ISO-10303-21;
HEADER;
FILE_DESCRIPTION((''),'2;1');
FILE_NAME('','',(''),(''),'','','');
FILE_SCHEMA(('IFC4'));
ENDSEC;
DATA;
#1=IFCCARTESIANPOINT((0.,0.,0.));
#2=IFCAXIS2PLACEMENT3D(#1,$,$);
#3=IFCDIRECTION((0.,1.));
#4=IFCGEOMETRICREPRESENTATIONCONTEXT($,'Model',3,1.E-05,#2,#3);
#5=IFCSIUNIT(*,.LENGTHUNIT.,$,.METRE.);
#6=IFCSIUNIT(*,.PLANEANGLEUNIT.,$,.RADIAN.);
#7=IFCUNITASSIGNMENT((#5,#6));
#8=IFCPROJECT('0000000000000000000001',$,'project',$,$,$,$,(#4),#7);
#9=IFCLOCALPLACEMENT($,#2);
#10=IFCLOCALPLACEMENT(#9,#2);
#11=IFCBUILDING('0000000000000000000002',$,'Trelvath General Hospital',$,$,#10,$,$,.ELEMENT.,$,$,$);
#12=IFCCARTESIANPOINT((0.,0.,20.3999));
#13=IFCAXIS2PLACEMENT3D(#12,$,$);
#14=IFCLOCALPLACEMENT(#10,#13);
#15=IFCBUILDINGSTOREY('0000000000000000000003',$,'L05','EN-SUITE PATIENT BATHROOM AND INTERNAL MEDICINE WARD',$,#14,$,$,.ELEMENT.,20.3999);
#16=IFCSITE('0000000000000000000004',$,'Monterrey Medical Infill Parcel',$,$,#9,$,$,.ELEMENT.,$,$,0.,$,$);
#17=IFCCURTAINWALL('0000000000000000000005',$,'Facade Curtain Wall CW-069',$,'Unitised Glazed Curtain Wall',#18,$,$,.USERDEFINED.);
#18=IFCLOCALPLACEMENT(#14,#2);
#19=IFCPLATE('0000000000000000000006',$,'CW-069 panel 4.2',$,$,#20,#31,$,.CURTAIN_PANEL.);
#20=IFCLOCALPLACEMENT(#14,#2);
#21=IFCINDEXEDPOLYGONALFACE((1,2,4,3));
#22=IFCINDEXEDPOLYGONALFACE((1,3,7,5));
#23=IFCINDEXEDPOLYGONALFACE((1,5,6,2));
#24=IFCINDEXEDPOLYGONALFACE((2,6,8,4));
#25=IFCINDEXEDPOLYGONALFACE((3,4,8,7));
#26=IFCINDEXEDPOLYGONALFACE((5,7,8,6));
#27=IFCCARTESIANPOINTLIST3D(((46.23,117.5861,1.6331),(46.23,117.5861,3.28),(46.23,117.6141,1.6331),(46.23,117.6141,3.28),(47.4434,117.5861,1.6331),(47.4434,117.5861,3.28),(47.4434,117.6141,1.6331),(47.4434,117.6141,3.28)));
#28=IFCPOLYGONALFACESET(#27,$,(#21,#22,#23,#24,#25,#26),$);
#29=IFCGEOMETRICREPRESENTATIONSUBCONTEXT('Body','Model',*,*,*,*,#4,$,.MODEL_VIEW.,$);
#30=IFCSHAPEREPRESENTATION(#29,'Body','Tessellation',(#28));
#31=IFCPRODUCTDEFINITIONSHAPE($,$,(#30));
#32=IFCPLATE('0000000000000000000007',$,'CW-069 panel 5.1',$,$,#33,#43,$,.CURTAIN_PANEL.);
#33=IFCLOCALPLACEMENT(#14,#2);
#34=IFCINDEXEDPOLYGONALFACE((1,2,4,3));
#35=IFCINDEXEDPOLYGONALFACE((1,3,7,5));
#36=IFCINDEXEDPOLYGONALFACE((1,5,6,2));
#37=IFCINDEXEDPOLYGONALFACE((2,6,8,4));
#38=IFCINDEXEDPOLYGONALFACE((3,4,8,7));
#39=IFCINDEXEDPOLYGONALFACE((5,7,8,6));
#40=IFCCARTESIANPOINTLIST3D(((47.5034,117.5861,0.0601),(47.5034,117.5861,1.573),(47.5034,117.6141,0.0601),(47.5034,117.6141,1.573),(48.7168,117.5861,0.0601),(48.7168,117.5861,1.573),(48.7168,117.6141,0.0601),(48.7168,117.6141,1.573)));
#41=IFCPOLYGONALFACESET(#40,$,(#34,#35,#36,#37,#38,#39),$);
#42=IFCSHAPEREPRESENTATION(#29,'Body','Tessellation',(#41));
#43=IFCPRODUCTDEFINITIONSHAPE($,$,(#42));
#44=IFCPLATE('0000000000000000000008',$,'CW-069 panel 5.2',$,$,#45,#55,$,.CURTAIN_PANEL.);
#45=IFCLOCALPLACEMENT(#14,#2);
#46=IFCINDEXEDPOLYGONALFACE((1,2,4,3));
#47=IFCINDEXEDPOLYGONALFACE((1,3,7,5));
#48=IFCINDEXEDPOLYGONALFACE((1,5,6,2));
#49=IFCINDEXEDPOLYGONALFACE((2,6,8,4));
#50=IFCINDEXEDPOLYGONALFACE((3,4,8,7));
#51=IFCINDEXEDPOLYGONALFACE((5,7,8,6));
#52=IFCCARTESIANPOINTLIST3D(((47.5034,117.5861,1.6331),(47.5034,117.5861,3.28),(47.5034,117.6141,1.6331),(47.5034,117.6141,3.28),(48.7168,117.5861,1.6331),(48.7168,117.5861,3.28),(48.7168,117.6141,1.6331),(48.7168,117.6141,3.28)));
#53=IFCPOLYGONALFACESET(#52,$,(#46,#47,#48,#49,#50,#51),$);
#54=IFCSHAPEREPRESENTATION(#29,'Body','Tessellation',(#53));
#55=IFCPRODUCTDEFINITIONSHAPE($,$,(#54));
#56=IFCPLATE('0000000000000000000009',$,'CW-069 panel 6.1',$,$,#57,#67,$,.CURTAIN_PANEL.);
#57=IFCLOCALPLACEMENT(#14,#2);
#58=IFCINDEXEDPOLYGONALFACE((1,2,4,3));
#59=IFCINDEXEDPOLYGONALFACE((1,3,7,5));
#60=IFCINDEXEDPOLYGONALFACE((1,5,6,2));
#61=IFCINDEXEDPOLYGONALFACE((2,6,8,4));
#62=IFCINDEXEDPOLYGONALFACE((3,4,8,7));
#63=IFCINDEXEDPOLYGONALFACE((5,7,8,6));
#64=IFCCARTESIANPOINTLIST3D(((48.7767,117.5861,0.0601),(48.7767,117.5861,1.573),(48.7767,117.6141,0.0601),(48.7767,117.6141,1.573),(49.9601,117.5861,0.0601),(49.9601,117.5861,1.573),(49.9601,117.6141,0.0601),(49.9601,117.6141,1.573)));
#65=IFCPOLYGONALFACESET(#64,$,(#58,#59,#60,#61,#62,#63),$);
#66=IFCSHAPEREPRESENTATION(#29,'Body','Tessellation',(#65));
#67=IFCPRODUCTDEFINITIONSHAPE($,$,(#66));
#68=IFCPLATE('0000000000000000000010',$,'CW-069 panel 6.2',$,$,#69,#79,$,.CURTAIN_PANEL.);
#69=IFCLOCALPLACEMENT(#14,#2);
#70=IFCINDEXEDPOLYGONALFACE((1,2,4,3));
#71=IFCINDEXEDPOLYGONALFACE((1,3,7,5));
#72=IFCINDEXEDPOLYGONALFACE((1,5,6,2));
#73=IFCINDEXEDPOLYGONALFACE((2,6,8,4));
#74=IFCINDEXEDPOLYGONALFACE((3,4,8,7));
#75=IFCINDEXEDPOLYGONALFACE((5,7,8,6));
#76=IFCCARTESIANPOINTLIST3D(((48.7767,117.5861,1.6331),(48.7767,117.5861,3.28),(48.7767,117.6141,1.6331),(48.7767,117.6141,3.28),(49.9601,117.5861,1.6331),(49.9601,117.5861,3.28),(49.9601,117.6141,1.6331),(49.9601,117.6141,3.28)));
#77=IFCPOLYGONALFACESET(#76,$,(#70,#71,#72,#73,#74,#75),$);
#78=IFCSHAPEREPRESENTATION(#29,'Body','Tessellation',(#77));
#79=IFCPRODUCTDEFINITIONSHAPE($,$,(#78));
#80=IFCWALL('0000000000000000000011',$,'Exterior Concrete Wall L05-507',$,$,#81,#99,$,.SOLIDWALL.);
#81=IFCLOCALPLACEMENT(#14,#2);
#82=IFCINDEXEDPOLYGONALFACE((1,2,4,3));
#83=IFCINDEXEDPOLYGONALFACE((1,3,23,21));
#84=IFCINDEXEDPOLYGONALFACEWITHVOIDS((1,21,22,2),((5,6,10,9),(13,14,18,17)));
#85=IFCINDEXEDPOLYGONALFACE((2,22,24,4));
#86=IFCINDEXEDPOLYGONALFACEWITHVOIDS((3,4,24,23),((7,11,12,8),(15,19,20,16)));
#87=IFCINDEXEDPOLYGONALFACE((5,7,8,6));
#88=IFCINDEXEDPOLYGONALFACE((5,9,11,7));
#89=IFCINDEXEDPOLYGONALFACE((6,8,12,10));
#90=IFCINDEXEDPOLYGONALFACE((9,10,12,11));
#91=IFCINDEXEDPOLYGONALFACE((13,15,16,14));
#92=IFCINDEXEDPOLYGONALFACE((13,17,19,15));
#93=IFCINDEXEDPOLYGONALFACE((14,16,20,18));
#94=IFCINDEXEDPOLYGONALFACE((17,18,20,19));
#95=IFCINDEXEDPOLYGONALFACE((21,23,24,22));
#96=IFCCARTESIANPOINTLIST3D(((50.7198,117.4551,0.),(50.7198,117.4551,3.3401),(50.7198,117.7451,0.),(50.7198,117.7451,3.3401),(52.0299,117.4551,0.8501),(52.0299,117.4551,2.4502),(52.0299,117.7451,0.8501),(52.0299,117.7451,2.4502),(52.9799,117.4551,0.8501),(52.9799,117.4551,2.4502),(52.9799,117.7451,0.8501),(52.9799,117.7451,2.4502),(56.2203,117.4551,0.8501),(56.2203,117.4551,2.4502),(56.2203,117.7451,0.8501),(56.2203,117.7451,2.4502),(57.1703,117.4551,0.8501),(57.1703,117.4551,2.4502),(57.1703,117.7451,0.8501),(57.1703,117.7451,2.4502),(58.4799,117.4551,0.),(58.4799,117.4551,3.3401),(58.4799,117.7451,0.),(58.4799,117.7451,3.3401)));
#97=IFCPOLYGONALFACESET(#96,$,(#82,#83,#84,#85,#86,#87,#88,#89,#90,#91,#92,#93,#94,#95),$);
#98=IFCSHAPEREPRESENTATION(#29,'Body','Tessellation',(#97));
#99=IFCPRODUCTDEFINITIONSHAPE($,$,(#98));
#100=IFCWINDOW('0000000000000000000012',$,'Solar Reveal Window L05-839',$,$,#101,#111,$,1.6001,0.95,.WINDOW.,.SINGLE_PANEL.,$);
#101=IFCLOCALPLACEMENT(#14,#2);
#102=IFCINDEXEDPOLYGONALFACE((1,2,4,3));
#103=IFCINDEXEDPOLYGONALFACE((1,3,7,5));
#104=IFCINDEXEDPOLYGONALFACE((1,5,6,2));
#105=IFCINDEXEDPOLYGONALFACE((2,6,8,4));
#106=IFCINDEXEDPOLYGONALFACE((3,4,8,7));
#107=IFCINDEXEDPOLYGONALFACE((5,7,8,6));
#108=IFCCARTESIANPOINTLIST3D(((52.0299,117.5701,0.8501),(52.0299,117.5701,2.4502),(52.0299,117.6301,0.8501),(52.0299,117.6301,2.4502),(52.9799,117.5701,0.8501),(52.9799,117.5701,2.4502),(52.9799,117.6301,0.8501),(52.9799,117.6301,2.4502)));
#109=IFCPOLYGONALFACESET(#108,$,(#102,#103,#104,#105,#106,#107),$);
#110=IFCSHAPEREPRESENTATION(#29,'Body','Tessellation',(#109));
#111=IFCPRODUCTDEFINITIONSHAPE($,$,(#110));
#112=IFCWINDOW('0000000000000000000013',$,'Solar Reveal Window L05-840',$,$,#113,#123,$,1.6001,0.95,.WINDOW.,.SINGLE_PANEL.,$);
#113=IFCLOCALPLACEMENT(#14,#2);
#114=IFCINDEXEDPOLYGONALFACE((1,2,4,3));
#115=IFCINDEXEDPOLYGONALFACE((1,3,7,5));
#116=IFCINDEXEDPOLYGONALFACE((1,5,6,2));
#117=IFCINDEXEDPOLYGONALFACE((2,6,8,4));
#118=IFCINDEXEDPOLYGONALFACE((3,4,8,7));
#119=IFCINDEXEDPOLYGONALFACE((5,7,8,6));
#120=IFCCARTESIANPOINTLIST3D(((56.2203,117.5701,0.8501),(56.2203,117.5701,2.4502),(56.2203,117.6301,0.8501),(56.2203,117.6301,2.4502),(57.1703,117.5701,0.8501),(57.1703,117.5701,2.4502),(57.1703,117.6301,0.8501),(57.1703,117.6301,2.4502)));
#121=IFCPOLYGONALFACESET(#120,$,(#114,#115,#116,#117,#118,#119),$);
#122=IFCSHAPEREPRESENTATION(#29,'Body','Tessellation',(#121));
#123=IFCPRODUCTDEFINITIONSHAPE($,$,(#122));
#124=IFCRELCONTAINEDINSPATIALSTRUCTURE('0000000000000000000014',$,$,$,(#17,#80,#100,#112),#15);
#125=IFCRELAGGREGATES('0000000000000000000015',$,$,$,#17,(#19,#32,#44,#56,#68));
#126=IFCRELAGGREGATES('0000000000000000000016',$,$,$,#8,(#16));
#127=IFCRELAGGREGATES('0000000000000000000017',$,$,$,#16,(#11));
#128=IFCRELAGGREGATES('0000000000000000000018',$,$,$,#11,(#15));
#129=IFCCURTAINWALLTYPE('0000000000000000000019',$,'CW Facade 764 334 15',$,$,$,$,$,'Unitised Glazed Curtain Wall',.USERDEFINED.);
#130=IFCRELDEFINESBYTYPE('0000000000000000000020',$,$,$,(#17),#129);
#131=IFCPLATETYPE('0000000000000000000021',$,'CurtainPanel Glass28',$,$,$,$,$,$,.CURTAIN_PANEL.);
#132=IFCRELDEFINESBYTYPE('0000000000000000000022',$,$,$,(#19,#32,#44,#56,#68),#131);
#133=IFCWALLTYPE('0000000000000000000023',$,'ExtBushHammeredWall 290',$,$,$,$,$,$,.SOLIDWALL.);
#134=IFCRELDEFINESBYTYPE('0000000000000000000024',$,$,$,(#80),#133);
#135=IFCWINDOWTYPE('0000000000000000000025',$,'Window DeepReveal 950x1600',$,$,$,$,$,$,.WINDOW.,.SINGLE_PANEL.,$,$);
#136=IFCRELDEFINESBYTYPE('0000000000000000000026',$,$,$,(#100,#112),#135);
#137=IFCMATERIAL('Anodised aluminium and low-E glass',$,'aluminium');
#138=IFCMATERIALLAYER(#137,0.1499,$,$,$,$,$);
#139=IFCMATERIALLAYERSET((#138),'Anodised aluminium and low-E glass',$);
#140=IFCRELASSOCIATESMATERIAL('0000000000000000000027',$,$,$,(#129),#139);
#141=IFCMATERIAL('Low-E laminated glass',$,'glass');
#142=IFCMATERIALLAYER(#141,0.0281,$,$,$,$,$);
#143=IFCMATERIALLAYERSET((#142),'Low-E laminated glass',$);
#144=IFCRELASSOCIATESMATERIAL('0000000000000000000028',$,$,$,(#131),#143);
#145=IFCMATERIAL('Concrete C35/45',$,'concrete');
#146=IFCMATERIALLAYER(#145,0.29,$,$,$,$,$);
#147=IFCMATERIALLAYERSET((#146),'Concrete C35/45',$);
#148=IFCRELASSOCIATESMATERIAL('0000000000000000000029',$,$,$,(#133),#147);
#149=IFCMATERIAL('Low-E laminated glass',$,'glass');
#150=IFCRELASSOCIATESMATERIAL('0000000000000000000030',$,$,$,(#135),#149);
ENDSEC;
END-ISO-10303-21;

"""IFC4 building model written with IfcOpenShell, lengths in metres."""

from ifc_helpers import new_model, si_unit, direction, frame, frame_2d, origin, origin_2d, place, context, subcontext, project, spatial, rectangle, extrude, material, layer, layer_set, type_object, element, fill, aggregate, save


model = new_model("IFC4")

# Units and contexts
model_context = context("Model", 3, precision=1e-05, world=origin(), true_north=direction((0.0, 1.0)))
body_context = subcontext(model_context, "Body", "Model", "MODEL_VIEW")
ifc_project = project(units=[si_unit("LENGTHUNIT", "METRE"), si_unit("PLANEANGLEUNIT", "RADIAN")], contexts=[model_context])

# Site, building, storey
site_placement = place(None, origin())
site = spatial("IfcSite", under=ifc_project, at=site_placement, Name="Monterrey Medical Infill Parcel", CompositionType="ELEMENT", RefElevation=0.0)
building_placement = place(site_placement, origin())
building = spatial("IfcBuilding", under=site, at=building_placement, Name="Trelvath General Hospital", CompositionType="ELEMENT")
storey_placement = place(building_placement, frame((0.0, 0.0, 20.3999)))
storey = spatial("IfcBuildingStorey", under=building, at=storey_placement, Name="L05", Description="EN-SUITE PATIENT BATHROOM AND INTERNAL MEDICINE WARD", CompositionType="ELEMENT", Elevation=20.3999)

# Curtain wall, plates
ifc_material_1 = material(Name="Anodised aluminium and low-E glass", Category="aluminium")
ifc_layer_1 = layer(ifc_material_1, 0.1499)
ifc_layer_set_1 = layer_set([ifc_layer_1], Name="Anodised aluminium and low-E glass")
curtain_wall_type = type_object("IfcCurtainWallType", Name="CW Facade 764 334 15", ElementType="Unitised Glazed Curtain Wall", PredefinedType="USERDEFINED", material=ifc_layer_set_1)
curtain_wall_placement = place(storey_placement, origin())
curtain_wall = element("IfcCurtainWall", 1, at=curtain_wall_placement, inside=storey, type_object=curtain_wall_type, Name="Facade Curtain Wall CW-069", ObjectType="Unitised Glazed Curtain Wall", PredefinedType="USERDEFINED")
ifc_material_2 = material(Name="Low-E laminated glass", Category="glass")
ifc_layer_2 = layer(ifc_material_2, 0.0281)
ifc_layer_set_2 = layer_set([ifc_layer_2], Name="Low-E laminated glass")
plate_type = type_object("IfcPlateType", Name="CurtainPanel Glass28", PredefinedType="CURTAIN_PANEL", material=ifc_layer_set_2)
plate_1_placement = place(storey_placement, frame((46.8367, 117.6001, 1.6331), z_axis=(0.0, 0.0, 1.0), x_axis=(1.0, 0.0, 0.0)))
plate_1 = element("IfcPlate", 2, at=plate_1_placement, type_object=plate_type, Name="CW-069 panel 4.2", PredefinedType="CURTAIN_PANEL", context=body_context, shape_type="SweptSolid", body=[
    extrude(rectangle(XDim=1.2134, YDim=0.0281, at=origin_2d()), origin(), (0.0, 0.0, 1.0), 1.647),
])
plate_2_placement = place(storey_placement, frame((48.1101, 117.6001, 0.0601), z_axis=(0.0, 0.0, 1.0), x_axis=(1.0, 0.0, 0.0)))
plate_2 = element("IfcPlate", 3, at=plate_2_placement, type_object=plate_type, Name="CW-069 panel 5.1", PredefinedType="CURTAIN_PANEL", context=body_context, shape_type="SweptSolid", body=[
    extrude(rectangle(XDim=1.2134, YDim=0.0281, at=origin_2d()), origin(), (0.0, 0.0, 1.0), 1.5129),
])
plate_3_placement = place(storey_placement, frame((48.1101, 117.6001, 1.6331), z_axis=(0.0, 0.0, 1.0), x_axis=(1.0, 0.0, 0.0)))
plate_3 = element("IfcPlate", 4, at=plate_3_placement, type_object=plate_type, Name="CW-069 panel 5.2", PredefinedType="CURTAIN_PANEL", context=body_context, shape_type="SweptSolid", body=[
    extrude(rectangle(XDim=1.2134, YDim=0.0281, at=origin_2d()), origin(), (0.0, 0.0, 1.0), 1.647),
])
plate_4_placement = place(storey_placement, frame((49.3684, 117.6001, 0.0601), z_axis=(0.0, 0.0, 1.0), x_axis=(1.0, 0.0, 0.0)))
plate_4 = element("IfcPlate", 5, at=plate_4_placement, type_object=plate_type, Name="CW-069 panel 6.1", PredefinedType="CURTAIN_PANEL", context=body_context, shape_type="SweptSolid", body=[
    extrude(rectangle(XDim=1.1833, YDim=0.0281, at=origin_2d()), origin(), (0.0, 0.0, 1.0), 1.5129),
])
plate_5_placement = place(storey_placement, frame((49.3684, 117.6001, 1.6331), z_axis=(0.0, 0.0, 1.0), x_axis=(1.0, 0.0, 0.0)))
plate_5 = element("IfcPlate", 6, at=plate_5_placement, type_object=plate_type, Name="CW-069 panel 6.2", PredefinedType="CURTAIN_PANEL", context=body_context, shape_type="SweptSolid", body=[
    extrude(rectangle(XDim=1.1833, YDim=0.0281, at=origin_2d()), origin(), (0.0, 0.0, 1.0), 1.647),
])
aggregate(curtain_wall, [plate_1, plate_2, plate_3, plate_4, plate_5])

# Wall, openings, windows
ifc_material_3 = material(Name="Concrete C35/45", Category="concrete")
ifc_layer_3 = layer(ifc_material_3, 0.29)
ifc_layer_set_3 = layer_set([ifc_layer_3], Name="Concrete C35/45")
wall_type = type_object("IfcWallType", Name="ExtBushHammeredWall 290", PredefinedType="SOLIDWALL", material=ifc_layer_set_3)
wall_placement = place(storey_placement, frame((50.72, 117.6001, 0.0), z_axis=(0.0, 0.0, 1.0), x_axis=(1.0, 0.0, 0.0)))
wall = element("IfcWall", 7, at=wall_placement, inside=storey, type_object=wall_type, Name="Exterior Concrete Wall L05-507", PredefinedType="SOLIDWALL", context=body_context, shape_type="SweptSolid", body=[
    extrude(rectangle(XDim=7.76, YDim=0.29, at=frame_2d((3.8799, 0.0))), origin(), (0.0, 0.0, 1.0), 3.3401),
])
opening_1_placement = place(wall_placement, frame((1.3098, 0.0, 0.8501)))
opening_1 = element("IfcOpeningElement", 8, at=opening_1_placement, cuts=wall, PredefinedType="OPENING", context=body_context, shape_type="SweptSolid", body=[
    extrude(rectangle(XDim=0.95, YDim=1.6001, at=frame_2d((0.4751, 0.8))), frame((0.0, 0.155, 0.0), z_axis=(0.0, -1.0, 0.0), x_axis=(1.0, 0.0, 0.0)), (0.0, 0.0, 1.0), 0.3101),
])
opening_2_placement = place(wall_placement, frame((5.5002, 0.0, 0.8501)))
opening_2 = element("IfcOpeningElement", 9, at=opening_2_placement, cuts=wall, PredefinedType="OPENING", context=body_context, shape_type="SweptSolid", body=[
    extrude(rectangle(XDim=0.95, YDim=1.6001, at=frame_2d((0.4751, 0.8))), frame((0.0, 0.155, 0.0), z_axis=(0.0, -1.0, 0.0), x_axis=(1.0, 0.0, 0.0)), (0.0, 0.0, 1.0), 0.3101),
])
ifc_material_4 = material(Name="Low-E laminated glass", Category="glass")
window_type = type_object("IfcWindowType", Name="Window DeepReveal 950x1600", PartitioningType="SINGLE_PANEL", PredefinedType="WINDOW", material=ifc_material_4)
window_1_placement = place(opening_1_placement, origin())
window_1 = element("IfcWindow", 10, at=window_1_placement, inside=storey, type_object=window_type, Name="Solar Reveal Window L05-839", OverallHeight=1.6001, OverallWidth=0.95, PartitioningType="SINGLE_PANEL", PredefinedType="WINDOW", context=body_context, shape_type="SweptSolid", body=[
    extrude(rectangle(XDim=0.95, YDim=1.6001, at=frame_2d((0.4751, 0.8))), frame((0.0, 0.03, 0.0), z_axis=(0.0, -1.0, 0.0), x_axis=(1.0, 0.0, 0.0)), (0.0, 0.0, 1.0), 0.0601),
])
fill(opening_1, window_1)
window_2_placement = place(opening_2_placement, origin())
window_2 = element("IfcWindow", 11, at=window_2_placement, inside=storey, type_object=window_type, Name="Solar Reveal Window L05-840", OverallHeight=1.6001, OverallWidth=0.95, PartitioningType="SINGLE_PANEL", PredefinedType="WINDOW", context=body_context, shape_type="SweptSolid", body=[
    extrude(rectangle(XDim=0.95, YDim=1.6001, at=frame_2d((0.4751, 0.8))), frame((0.0, 0.03, 0.0), z_axis=(0.0, -1.0, 0.0), x_axis=(1.0, 0.0, 0.0)), (0.0, 0.0, 1.0), 0.0601),
])
fill(opening_2, window_2)

save(model, "model.ifc")
